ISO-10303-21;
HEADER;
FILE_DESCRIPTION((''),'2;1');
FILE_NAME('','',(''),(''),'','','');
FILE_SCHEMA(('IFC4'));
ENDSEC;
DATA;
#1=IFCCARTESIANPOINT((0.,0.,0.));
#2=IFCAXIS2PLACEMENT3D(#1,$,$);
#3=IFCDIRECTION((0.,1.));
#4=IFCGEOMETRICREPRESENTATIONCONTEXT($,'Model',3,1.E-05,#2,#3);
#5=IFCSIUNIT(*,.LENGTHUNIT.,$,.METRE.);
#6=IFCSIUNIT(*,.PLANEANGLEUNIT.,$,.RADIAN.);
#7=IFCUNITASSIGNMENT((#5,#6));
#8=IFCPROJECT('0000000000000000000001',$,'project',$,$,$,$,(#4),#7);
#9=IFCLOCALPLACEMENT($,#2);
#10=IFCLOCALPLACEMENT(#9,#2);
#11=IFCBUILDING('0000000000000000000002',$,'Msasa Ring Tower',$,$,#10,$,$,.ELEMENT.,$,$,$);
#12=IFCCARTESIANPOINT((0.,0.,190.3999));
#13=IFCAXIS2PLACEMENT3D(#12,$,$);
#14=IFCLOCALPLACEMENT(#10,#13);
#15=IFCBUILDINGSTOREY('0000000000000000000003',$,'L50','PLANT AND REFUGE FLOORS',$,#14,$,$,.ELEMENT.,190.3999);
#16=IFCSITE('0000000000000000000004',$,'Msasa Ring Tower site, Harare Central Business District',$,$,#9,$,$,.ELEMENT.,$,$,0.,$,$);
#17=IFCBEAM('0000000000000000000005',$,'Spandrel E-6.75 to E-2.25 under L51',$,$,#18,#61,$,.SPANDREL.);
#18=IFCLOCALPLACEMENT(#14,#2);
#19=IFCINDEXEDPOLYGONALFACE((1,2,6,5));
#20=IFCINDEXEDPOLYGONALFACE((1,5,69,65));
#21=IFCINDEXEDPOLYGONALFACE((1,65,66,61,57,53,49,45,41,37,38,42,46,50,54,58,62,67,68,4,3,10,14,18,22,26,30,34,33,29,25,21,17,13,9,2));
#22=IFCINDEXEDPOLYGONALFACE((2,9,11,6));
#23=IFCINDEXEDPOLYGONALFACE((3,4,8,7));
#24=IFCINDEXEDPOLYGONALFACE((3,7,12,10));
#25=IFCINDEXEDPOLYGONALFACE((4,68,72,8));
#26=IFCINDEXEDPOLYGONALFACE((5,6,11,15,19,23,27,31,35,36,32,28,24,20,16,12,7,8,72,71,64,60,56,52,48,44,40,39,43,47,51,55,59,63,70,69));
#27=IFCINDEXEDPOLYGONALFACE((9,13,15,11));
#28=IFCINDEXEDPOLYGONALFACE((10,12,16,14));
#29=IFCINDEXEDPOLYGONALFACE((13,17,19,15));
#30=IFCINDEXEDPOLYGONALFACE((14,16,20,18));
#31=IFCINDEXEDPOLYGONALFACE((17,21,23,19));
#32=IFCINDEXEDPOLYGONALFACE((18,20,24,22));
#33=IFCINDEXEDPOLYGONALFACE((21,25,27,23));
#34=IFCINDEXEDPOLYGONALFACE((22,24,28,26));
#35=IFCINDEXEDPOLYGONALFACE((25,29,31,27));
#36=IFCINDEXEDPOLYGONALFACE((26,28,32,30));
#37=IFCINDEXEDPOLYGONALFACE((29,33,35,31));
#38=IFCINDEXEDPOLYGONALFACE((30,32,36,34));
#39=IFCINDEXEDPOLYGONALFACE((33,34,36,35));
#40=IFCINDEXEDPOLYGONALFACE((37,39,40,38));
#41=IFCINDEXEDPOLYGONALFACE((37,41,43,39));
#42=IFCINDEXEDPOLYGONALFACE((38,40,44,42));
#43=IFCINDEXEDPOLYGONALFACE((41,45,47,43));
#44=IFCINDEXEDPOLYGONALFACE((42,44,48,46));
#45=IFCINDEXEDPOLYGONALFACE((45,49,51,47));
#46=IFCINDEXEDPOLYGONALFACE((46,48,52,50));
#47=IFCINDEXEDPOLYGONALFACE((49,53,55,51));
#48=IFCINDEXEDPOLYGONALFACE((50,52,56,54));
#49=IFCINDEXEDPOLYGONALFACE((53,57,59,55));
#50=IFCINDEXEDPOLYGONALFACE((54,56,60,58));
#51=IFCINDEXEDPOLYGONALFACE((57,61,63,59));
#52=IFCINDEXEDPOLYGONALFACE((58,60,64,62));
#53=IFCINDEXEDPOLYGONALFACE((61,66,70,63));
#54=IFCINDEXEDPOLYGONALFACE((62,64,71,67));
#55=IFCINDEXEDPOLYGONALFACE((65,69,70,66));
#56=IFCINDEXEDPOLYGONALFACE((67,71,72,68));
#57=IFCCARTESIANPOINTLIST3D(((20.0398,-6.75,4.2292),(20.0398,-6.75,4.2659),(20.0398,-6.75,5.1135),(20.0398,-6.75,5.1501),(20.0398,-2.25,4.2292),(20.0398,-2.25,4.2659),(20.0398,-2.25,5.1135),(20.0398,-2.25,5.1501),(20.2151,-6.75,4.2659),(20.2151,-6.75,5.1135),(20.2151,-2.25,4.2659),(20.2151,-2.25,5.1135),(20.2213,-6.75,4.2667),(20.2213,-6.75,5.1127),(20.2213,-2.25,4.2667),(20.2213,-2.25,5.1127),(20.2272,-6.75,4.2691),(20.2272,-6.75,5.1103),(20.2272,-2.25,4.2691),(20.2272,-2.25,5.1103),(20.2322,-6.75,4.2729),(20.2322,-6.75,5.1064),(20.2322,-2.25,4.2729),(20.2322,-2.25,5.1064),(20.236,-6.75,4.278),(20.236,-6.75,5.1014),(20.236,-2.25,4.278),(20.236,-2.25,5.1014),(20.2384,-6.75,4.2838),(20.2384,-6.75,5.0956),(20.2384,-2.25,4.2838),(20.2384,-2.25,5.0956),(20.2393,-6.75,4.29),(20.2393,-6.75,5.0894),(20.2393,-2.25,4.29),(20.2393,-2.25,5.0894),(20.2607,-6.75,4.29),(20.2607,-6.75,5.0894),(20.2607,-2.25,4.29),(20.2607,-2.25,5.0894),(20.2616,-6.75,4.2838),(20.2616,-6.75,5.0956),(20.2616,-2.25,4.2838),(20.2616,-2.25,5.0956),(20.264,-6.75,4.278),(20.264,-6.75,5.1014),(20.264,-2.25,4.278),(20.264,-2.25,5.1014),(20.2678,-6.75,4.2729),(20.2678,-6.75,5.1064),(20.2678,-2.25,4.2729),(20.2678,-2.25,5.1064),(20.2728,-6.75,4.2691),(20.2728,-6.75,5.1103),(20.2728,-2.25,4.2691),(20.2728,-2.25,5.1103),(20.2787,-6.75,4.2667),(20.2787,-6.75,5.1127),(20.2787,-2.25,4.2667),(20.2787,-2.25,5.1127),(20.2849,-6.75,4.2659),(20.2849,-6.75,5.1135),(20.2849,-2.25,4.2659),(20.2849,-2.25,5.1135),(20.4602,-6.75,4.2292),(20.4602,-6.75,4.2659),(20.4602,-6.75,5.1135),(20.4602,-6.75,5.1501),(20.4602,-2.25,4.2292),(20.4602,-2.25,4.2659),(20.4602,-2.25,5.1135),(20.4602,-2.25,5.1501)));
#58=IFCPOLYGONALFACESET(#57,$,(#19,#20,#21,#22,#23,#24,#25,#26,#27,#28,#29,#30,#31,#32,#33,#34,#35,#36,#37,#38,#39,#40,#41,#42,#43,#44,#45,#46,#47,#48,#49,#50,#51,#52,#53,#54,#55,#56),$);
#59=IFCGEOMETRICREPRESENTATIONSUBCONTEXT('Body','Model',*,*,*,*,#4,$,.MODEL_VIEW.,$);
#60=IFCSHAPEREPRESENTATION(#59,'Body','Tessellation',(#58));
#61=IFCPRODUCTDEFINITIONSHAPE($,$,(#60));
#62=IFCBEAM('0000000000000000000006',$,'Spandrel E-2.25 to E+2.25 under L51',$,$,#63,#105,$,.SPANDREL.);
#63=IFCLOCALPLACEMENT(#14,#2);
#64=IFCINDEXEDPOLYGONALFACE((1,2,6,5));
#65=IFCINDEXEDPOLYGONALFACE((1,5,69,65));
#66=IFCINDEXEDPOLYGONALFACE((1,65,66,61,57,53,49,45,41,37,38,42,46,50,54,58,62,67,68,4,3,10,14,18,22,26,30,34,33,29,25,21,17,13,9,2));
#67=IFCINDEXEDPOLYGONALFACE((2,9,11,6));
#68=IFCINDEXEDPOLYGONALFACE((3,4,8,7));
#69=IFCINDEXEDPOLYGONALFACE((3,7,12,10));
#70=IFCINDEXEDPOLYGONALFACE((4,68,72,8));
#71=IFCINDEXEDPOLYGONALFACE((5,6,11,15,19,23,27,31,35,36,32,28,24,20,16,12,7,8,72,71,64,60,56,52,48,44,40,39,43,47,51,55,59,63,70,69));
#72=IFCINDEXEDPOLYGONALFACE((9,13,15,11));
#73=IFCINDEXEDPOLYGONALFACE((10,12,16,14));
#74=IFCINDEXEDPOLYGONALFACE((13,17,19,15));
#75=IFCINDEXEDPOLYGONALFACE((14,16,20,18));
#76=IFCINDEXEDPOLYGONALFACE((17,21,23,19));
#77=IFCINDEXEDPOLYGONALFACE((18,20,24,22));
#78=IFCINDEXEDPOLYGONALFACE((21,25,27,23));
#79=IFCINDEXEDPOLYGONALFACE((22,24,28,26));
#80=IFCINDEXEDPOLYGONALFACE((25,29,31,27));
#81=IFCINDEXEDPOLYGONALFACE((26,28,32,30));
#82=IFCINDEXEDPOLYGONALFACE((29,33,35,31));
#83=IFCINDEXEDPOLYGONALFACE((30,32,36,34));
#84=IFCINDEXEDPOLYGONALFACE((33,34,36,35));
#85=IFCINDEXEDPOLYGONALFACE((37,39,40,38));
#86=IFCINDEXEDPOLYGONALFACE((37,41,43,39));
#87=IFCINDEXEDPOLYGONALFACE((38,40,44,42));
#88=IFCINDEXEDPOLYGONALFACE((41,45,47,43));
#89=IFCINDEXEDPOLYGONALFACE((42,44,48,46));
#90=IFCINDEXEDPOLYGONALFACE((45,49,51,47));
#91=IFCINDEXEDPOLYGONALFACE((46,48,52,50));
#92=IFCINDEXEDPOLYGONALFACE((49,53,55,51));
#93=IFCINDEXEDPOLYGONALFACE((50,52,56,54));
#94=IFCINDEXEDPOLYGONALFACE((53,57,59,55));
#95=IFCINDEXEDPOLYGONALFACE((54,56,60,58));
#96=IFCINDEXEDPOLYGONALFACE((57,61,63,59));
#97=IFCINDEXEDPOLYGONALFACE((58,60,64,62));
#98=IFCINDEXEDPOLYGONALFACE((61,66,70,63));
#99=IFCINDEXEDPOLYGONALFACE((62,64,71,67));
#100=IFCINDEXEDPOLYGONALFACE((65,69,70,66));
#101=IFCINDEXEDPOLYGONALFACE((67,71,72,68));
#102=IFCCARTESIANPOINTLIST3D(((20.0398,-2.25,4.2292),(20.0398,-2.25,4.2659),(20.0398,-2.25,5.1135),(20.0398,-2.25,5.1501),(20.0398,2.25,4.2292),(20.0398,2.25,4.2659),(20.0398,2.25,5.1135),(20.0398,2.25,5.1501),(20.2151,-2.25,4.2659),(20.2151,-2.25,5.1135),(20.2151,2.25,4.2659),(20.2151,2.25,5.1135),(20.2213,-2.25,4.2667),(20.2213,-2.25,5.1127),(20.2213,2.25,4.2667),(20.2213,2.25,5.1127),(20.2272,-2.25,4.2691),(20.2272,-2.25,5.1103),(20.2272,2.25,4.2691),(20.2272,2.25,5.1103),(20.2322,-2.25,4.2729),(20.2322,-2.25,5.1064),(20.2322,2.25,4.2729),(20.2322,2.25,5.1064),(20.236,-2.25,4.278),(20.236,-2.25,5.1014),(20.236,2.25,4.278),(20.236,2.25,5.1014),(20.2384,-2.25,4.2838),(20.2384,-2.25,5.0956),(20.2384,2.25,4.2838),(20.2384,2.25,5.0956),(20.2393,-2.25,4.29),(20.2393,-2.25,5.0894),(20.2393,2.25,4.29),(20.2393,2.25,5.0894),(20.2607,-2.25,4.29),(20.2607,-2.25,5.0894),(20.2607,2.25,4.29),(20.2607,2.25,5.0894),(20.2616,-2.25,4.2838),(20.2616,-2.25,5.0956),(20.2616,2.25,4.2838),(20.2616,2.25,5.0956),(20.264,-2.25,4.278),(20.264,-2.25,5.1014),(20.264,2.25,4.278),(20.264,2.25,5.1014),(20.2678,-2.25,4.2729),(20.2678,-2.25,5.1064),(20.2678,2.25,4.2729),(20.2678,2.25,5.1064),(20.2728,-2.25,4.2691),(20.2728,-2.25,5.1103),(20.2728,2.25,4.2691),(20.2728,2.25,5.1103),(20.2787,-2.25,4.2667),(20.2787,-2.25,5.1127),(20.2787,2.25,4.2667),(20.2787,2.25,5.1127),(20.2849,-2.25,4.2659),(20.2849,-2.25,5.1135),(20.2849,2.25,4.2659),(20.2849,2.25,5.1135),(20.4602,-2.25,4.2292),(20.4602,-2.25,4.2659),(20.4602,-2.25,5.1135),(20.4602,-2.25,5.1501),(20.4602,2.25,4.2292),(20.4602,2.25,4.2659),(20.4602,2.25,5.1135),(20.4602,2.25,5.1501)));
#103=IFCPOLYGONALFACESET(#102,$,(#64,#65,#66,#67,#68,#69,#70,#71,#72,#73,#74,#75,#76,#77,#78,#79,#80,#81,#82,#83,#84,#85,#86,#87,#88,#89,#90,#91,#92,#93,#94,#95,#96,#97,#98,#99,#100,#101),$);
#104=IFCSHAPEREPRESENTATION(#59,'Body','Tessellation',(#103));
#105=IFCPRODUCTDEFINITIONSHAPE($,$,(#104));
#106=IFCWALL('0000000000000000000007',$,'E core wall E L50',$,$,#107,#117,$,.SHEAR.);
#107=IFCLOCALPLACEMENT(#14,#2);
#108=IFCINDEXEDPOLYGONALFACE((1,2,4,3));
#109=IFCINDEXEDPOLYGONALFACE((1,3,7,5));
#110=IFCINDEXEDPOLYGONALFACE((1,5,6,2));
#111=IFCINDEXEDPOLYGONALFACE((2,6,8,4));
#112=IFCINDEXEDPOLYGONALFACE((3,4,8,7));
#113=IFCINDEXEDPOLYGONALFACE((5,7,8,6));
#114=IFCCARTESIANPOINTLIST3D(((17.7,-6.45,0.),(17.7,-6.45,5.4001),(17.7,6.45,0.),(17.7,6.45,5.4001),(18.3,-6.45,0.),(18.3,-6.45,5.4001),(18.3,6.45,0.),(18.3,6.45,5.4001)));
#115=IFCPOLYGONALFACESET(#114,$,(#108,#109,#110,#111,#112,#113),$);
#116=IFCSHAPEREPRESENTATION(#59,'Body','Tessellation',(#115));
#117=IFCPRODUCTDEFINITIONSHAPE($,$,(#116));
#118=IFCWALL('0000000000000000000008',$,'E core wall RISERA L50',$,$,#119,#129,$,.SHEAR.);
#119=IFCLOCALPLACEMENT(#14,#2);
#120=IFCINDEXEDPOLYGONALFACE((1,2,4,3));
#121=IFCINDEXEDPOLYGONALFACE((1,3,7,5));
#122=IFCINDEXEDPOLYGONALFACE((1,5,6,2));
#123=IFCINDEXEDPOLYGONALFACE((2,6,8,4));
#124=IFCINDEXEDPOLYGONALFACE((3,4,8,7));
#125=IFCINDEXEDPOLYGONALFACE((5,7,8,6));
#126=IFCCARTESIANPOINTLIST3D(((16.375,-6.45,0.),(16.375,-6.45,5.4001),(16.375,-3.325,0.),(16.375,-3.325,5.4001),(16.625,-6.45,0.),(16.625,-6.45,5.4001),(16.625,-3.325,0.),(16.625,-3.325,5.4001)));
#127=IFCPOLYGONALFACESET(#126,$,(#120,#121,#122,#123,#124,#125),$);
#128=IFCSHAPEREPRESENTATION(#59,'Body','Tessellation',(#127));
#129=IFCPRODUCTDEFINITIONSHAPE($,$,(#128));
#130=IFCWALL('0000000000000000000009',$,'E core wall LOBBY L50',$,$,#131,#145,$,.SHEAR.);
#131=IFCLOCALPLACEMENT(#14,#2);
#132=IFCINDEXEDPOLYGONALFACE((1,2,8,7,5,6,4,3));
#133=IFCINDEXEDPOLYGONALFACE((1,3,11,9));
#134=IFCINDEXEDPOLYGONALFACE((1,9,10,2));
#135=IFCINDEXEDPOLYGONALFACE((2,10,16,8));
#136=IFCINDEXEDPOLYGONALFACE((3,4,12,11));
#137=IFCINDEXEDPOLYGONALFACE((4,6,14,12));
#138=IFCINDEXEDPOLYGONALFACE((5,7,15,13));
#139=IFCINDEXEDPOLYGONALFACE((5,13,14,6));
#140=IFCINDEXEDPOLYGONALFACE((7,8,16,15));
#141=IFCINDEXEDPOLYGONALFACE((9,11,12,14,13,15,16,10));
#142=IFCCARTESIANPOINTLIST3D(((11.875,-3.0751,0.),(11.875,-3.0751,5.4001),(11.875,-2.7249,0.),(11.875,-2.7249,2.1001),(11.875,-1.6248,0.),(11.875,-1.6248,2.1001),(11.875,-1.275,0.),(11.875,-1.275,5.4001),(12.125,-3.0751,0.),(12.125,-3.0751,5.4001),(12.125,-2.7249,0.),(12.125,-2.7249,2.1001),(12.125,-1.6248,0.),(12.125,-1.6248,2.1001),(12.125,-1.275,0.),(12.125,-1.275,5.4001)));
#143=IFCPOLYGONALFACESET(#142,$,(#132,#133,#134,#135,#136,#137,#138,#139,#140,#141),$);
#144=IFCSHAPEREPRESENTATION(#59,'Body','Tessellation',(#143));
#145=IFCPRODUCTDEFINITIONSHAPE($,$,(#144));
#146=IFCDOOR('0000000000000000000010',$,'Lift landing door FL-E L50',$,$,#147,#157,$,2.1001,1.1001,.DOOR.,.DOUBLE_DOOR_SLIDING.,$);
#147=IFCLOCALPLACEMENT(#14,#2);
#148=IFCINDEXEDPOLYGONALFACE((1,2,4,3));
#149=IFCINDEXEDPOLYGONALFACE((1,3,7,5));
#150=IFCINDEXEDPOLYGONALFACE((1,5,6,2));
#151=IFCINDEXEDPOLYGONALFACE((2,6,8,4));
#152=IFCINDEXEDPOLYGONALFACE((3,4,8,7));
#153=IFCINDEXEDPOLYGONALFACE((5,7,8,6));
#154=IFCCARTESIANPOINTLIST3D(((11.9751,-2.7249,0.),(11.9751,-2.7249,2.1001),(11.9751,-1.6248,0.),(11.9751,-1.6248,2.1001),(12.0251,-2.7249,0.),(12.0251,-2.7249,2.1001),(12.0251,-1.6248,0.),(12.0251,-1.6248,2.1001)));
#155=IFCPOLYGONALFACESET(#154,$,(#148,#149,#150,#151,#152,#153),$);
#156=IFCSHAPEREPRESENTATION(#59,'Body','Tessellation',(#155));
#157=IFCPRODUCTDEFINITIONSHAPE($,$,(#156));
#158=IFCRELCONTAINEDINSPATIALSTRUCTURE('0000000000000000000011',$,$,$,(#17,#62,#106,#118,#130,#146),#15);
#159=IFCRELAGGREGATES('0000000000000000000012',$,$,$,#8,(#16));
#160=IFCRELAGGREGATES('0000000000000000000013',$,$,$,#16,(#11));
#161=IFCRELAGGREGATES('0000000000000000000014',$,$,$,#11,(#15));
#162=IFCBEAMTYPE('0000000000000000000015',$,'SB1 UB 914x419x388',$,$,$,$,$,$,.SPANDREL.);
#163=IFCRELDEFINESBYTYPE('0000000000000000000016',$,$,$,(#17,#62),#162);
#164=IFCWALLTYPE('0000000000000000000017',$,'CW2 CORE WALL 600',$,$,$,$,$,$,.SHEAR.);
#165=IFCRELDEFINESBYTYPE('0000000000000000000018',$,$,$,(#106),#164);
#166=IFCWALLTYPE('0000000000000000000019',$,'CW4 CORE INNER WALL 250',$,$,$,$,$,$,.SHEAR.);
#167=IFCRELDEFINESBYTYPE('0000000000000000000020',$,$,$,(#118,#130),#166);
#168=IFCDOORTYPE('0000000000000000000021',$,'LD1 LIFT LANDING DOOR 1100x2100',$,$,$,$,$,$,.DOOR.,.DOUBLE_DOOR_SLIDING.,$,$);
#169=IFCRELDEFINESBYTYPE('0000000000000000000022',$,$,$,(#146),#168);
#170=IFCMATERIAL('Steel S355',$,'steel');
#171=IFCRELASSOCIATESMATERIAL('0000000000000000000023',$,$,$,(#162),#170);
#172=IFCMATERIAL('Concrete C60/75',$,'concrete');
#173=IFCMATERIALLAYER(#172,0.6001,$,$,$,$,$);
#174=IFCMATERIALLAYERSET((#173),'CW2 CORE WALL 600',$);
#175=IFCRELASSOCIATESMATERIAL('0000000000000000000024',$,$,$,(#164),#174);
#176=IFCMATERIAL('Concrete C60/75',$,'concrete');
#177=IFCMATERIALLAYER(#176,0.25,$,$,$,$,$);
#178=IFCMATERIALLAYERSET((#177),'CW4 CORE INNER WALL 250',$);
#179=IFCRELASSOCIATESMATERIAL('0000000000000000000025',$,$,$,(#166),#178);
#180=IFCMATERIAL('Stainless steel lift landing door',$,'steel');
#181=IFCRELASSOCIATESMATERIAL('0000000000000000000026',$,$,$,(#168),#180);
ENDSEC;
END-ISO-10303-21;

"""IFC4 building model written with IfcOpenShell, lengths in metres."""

from ifc_helpers import new_model, si_unit, direction, frame, frame_2d, origin, origin_2d, place, context, subcontext, project, spatial, rectangle, i_section, extrude, material, layer, layer_set, material_profile, profile_set, type_object, element, fill, save


model = new_model("IFC4")

# Units and contexts
model_context = context("Model", 3, precision=1e-05, world=origin(), true_north=direction((0.0, 1.0)))
body_context = subcontext(model_context, "Body", "Model", "MODEL_VIEW")
ifc_project = project(units=[si_unit("LENGTHUNIT", "METRE"), si_unit("PLANEANGLEUNIT", "RADIAN")], contexts=[model_context])

# Site, building, storey
site_placement = place(None, origin())
site = spatial("IfcSite", under=ifc_project, at=site_placement, Name="Msasa Ring Tower site, Harare Central Business District", CompositionType="ELEMENT", RefElevation=0.0)
building_placement = place(site_placement, origin())
building = spatial("IfcBuilding", under=site, at=building_placement, Name="Msasa Ring Tower", CompositionType="ELEMENT")
storey_placement = place(building_placement, frame((0.0, 0.0, 190.3999)))
storey = spatial("IfcBuildingStorey", under=building, at=storey_placement, Name="L50", Description="PLANT AND REFUGE FLOORS", CompositionType="ELEMENT", Elevation=190.3999)

# Beams
ifc_material_1 = material(Name="Steel S355", Category="steel")
ifc_material_profile_1 = material_profile(ifc_material_1, i_section(OverallWidth=0.4204, OverallDepth=0.9209, WebThickness=0.0215, FlangeThickness=0.0366, FilletRadius=0.0242, at=origin_2d()), Name="UB 914x419x388")
ifc_profile_set_1 = profile_set([ifc_material_profile_1], Name="Steel S355")
beam_type_1 = type_object("IfcBeamType", Name="SB1 UB 914x419x388", PredefinedType="SPANDREL", material=ifc_profile_set_1)
for number, where, z_axis, x_axis, name in (
    (1, (20.25, -6.75, 4.6897), (0.0, 1.0, 0.0), (-1.0, 0.0, 0.0), "Spandrel E-6.75 to E-2.25 under L51"),
    (2, (20.25, -2.25, 4.6897), (0.0, 1.0, 0.0), (-1.0, 0.0, 0.0), "Spandrel E-2.25 to E+2.25 under L51"),
):
    element("IfcBeam", number, at=place(storey_placement, frame(where, z_axis=z_axis, x_axis=x_axis)), inside=storey, type_object=beam_type_1, Name=name, PredefinedType="SPANDREL", context=body_context, shape_type="SweptSolid", body=[
        extrude(i_section(OverallWidth=0.4204, OverallDepth=0.9209, WebThickness=0.0215, FlangeThickness=0.0366, FilletRadius=0.0242, at=origin_2d()), origin(), (0.0, 0.0, 1.0), 4.5),
    ])

# Walls
ifc_material_2 = material(Name="Concrete C60/75", Category="concrete")
ifc_layer_1 = layer(ifc_material_2, 0.6001)
ifc_layer_set_1 = layer_set([ifc_layer_1], Name="CW2 CORE WALL 600")
wall_type_1 = type_object("IfcWallType", Name="CW2 CORE WALL 600", PredefinedType="SHEAR", material=ifc_layer_set_1)
wall_1_placement = place(storey_placement, frame((18.0, -6.45, 0.0), z_axis=(0.0, 0.0, 1.0), x_axis=(0.0, 1.0, 0.0)))
element("IfcWall", 3, at=wall_1_placement, inside=storey, type_object=wall_type_1, Name="E core wall E L50", PredefinedType="SHEAR", context=body_context, shape_type="SweptSolid", body=[
    extrude(rectangle(XDim=12.8999, YDim=0.6001, at=frame_2d((6.45, 0.0))), origin(), (0.0, 0.0, 1.0), 5.4001),
])
ifc_material_3 = material(Name="Concrete C60/75", Category="concrete")
ifc_layer_2 = layer(ifc_material_3, 0.25)
ifc_layer_set_2 = layer_set([ifc_layer_2], Name="CW4 CORE INNER WALL 250")
wall_type_2 = type_object("IfcWallType", Name="CW4 CORE INNER WALL 250", PredefinedType="SHEAR", material=ifc_layer_set_2)
wall_2_placement = place(storey_placement, frame((16.5, -6.45, 0.0), z_axis=(0.0, 0.0, 1.0), x_axis=(0.0, 1.0, 0.0)))
element("IfcWall", 4, at=wall_2_placement, inside=storey, type_object=wall_type_2, Name="E core wall RISERA L50", PredefinedType="SHEAR", context=body_context, shape_type="SweptSolid", body=[
    extrude(rectangle(XDim=3.125, YDim=0.25, at=frame_2d((1.5625, 0.0))), origin(), (0.0, 0.0, 1.0), 5.4001),
])

# Wall, opening, door
wall_3_placement = place(storey_placement, frame((12.0, -3.075, 0.0), z_axis=(0.0, 0.0, 1.0), x_axis=(0.0, 1.0, 0.0)))
wall_3 = element("IfcWall", 5, at=wall_3_placement, inside=storey, type_object=wall_type_2, Name="E core wall LOBBY L50", PredefinedType="SHEAR", context=body_context, shape_type="SweptSolid", body=[
    extrude(rectangle(XDim=1.8, YDim=0.25, at=frame_2d((0.8999, 0.0))), origin(), (0.0, 0.0, 1.0), 5.4001),
])
opening_1_placement = place(wall_3_placement, frame((0.3501, 0.0, 0.0)))
opening_1 = element("IfcOpeningElement", 6, at=opening_1_placement, cuts=wall_3, PredefinedType="OPENING", context=body_context, shape_type="SweptSolid", body=[
    extrude(rectangle(XDim=1.1001, YDim=2.1001, at=frame_2d((0.55, 1.05))), frame((0.0, 0.135, 0.0), z_axis=(0.0, -1.0, 0.0), x_axis=(1.0, 0.0, 0.0)), (0.0, 0.0, 1.0), 0.27),
])
ifc_material_4 = material(Name="Stainless steel lift landing door", Category="steel")
door_type = type_object("IfcDoorType", Name="LD1 LIFT LANDING DOOR 1100x2100", OperationType="DOUBLE_DOOR_SLIDING", PredefinedType="DOOR", material=ifc_material_4)
door_1_placement = place(opening_1_placement, origin())
door_1 = element("IfcDoor", 7, at=door_1_placement, inside=storey, type_object=door_type, Name="Lift landing door FL-E L50", OperationType="DOUBLE_DOOR_SLIDING", OverallHeight=2.1001, OverallWidth=1.1001, PredefinedType="DOOR", context=body_context, shape_type="SweptSolid", body=[
    extrude(rectangle(XDim=1.1001, YDim=2.1001, at=frame_2d((0.55, 1.05))), frame((0.0, 0.0249, 0.0), z_axis=(0.0, -1.0, 0.0), x_axis=(1.0, 0.0, 0.0)), (0.0, 0.0, 1.0), 0.05),
])
fill(opening_1, door_1)

save(model, "model.ifc")
